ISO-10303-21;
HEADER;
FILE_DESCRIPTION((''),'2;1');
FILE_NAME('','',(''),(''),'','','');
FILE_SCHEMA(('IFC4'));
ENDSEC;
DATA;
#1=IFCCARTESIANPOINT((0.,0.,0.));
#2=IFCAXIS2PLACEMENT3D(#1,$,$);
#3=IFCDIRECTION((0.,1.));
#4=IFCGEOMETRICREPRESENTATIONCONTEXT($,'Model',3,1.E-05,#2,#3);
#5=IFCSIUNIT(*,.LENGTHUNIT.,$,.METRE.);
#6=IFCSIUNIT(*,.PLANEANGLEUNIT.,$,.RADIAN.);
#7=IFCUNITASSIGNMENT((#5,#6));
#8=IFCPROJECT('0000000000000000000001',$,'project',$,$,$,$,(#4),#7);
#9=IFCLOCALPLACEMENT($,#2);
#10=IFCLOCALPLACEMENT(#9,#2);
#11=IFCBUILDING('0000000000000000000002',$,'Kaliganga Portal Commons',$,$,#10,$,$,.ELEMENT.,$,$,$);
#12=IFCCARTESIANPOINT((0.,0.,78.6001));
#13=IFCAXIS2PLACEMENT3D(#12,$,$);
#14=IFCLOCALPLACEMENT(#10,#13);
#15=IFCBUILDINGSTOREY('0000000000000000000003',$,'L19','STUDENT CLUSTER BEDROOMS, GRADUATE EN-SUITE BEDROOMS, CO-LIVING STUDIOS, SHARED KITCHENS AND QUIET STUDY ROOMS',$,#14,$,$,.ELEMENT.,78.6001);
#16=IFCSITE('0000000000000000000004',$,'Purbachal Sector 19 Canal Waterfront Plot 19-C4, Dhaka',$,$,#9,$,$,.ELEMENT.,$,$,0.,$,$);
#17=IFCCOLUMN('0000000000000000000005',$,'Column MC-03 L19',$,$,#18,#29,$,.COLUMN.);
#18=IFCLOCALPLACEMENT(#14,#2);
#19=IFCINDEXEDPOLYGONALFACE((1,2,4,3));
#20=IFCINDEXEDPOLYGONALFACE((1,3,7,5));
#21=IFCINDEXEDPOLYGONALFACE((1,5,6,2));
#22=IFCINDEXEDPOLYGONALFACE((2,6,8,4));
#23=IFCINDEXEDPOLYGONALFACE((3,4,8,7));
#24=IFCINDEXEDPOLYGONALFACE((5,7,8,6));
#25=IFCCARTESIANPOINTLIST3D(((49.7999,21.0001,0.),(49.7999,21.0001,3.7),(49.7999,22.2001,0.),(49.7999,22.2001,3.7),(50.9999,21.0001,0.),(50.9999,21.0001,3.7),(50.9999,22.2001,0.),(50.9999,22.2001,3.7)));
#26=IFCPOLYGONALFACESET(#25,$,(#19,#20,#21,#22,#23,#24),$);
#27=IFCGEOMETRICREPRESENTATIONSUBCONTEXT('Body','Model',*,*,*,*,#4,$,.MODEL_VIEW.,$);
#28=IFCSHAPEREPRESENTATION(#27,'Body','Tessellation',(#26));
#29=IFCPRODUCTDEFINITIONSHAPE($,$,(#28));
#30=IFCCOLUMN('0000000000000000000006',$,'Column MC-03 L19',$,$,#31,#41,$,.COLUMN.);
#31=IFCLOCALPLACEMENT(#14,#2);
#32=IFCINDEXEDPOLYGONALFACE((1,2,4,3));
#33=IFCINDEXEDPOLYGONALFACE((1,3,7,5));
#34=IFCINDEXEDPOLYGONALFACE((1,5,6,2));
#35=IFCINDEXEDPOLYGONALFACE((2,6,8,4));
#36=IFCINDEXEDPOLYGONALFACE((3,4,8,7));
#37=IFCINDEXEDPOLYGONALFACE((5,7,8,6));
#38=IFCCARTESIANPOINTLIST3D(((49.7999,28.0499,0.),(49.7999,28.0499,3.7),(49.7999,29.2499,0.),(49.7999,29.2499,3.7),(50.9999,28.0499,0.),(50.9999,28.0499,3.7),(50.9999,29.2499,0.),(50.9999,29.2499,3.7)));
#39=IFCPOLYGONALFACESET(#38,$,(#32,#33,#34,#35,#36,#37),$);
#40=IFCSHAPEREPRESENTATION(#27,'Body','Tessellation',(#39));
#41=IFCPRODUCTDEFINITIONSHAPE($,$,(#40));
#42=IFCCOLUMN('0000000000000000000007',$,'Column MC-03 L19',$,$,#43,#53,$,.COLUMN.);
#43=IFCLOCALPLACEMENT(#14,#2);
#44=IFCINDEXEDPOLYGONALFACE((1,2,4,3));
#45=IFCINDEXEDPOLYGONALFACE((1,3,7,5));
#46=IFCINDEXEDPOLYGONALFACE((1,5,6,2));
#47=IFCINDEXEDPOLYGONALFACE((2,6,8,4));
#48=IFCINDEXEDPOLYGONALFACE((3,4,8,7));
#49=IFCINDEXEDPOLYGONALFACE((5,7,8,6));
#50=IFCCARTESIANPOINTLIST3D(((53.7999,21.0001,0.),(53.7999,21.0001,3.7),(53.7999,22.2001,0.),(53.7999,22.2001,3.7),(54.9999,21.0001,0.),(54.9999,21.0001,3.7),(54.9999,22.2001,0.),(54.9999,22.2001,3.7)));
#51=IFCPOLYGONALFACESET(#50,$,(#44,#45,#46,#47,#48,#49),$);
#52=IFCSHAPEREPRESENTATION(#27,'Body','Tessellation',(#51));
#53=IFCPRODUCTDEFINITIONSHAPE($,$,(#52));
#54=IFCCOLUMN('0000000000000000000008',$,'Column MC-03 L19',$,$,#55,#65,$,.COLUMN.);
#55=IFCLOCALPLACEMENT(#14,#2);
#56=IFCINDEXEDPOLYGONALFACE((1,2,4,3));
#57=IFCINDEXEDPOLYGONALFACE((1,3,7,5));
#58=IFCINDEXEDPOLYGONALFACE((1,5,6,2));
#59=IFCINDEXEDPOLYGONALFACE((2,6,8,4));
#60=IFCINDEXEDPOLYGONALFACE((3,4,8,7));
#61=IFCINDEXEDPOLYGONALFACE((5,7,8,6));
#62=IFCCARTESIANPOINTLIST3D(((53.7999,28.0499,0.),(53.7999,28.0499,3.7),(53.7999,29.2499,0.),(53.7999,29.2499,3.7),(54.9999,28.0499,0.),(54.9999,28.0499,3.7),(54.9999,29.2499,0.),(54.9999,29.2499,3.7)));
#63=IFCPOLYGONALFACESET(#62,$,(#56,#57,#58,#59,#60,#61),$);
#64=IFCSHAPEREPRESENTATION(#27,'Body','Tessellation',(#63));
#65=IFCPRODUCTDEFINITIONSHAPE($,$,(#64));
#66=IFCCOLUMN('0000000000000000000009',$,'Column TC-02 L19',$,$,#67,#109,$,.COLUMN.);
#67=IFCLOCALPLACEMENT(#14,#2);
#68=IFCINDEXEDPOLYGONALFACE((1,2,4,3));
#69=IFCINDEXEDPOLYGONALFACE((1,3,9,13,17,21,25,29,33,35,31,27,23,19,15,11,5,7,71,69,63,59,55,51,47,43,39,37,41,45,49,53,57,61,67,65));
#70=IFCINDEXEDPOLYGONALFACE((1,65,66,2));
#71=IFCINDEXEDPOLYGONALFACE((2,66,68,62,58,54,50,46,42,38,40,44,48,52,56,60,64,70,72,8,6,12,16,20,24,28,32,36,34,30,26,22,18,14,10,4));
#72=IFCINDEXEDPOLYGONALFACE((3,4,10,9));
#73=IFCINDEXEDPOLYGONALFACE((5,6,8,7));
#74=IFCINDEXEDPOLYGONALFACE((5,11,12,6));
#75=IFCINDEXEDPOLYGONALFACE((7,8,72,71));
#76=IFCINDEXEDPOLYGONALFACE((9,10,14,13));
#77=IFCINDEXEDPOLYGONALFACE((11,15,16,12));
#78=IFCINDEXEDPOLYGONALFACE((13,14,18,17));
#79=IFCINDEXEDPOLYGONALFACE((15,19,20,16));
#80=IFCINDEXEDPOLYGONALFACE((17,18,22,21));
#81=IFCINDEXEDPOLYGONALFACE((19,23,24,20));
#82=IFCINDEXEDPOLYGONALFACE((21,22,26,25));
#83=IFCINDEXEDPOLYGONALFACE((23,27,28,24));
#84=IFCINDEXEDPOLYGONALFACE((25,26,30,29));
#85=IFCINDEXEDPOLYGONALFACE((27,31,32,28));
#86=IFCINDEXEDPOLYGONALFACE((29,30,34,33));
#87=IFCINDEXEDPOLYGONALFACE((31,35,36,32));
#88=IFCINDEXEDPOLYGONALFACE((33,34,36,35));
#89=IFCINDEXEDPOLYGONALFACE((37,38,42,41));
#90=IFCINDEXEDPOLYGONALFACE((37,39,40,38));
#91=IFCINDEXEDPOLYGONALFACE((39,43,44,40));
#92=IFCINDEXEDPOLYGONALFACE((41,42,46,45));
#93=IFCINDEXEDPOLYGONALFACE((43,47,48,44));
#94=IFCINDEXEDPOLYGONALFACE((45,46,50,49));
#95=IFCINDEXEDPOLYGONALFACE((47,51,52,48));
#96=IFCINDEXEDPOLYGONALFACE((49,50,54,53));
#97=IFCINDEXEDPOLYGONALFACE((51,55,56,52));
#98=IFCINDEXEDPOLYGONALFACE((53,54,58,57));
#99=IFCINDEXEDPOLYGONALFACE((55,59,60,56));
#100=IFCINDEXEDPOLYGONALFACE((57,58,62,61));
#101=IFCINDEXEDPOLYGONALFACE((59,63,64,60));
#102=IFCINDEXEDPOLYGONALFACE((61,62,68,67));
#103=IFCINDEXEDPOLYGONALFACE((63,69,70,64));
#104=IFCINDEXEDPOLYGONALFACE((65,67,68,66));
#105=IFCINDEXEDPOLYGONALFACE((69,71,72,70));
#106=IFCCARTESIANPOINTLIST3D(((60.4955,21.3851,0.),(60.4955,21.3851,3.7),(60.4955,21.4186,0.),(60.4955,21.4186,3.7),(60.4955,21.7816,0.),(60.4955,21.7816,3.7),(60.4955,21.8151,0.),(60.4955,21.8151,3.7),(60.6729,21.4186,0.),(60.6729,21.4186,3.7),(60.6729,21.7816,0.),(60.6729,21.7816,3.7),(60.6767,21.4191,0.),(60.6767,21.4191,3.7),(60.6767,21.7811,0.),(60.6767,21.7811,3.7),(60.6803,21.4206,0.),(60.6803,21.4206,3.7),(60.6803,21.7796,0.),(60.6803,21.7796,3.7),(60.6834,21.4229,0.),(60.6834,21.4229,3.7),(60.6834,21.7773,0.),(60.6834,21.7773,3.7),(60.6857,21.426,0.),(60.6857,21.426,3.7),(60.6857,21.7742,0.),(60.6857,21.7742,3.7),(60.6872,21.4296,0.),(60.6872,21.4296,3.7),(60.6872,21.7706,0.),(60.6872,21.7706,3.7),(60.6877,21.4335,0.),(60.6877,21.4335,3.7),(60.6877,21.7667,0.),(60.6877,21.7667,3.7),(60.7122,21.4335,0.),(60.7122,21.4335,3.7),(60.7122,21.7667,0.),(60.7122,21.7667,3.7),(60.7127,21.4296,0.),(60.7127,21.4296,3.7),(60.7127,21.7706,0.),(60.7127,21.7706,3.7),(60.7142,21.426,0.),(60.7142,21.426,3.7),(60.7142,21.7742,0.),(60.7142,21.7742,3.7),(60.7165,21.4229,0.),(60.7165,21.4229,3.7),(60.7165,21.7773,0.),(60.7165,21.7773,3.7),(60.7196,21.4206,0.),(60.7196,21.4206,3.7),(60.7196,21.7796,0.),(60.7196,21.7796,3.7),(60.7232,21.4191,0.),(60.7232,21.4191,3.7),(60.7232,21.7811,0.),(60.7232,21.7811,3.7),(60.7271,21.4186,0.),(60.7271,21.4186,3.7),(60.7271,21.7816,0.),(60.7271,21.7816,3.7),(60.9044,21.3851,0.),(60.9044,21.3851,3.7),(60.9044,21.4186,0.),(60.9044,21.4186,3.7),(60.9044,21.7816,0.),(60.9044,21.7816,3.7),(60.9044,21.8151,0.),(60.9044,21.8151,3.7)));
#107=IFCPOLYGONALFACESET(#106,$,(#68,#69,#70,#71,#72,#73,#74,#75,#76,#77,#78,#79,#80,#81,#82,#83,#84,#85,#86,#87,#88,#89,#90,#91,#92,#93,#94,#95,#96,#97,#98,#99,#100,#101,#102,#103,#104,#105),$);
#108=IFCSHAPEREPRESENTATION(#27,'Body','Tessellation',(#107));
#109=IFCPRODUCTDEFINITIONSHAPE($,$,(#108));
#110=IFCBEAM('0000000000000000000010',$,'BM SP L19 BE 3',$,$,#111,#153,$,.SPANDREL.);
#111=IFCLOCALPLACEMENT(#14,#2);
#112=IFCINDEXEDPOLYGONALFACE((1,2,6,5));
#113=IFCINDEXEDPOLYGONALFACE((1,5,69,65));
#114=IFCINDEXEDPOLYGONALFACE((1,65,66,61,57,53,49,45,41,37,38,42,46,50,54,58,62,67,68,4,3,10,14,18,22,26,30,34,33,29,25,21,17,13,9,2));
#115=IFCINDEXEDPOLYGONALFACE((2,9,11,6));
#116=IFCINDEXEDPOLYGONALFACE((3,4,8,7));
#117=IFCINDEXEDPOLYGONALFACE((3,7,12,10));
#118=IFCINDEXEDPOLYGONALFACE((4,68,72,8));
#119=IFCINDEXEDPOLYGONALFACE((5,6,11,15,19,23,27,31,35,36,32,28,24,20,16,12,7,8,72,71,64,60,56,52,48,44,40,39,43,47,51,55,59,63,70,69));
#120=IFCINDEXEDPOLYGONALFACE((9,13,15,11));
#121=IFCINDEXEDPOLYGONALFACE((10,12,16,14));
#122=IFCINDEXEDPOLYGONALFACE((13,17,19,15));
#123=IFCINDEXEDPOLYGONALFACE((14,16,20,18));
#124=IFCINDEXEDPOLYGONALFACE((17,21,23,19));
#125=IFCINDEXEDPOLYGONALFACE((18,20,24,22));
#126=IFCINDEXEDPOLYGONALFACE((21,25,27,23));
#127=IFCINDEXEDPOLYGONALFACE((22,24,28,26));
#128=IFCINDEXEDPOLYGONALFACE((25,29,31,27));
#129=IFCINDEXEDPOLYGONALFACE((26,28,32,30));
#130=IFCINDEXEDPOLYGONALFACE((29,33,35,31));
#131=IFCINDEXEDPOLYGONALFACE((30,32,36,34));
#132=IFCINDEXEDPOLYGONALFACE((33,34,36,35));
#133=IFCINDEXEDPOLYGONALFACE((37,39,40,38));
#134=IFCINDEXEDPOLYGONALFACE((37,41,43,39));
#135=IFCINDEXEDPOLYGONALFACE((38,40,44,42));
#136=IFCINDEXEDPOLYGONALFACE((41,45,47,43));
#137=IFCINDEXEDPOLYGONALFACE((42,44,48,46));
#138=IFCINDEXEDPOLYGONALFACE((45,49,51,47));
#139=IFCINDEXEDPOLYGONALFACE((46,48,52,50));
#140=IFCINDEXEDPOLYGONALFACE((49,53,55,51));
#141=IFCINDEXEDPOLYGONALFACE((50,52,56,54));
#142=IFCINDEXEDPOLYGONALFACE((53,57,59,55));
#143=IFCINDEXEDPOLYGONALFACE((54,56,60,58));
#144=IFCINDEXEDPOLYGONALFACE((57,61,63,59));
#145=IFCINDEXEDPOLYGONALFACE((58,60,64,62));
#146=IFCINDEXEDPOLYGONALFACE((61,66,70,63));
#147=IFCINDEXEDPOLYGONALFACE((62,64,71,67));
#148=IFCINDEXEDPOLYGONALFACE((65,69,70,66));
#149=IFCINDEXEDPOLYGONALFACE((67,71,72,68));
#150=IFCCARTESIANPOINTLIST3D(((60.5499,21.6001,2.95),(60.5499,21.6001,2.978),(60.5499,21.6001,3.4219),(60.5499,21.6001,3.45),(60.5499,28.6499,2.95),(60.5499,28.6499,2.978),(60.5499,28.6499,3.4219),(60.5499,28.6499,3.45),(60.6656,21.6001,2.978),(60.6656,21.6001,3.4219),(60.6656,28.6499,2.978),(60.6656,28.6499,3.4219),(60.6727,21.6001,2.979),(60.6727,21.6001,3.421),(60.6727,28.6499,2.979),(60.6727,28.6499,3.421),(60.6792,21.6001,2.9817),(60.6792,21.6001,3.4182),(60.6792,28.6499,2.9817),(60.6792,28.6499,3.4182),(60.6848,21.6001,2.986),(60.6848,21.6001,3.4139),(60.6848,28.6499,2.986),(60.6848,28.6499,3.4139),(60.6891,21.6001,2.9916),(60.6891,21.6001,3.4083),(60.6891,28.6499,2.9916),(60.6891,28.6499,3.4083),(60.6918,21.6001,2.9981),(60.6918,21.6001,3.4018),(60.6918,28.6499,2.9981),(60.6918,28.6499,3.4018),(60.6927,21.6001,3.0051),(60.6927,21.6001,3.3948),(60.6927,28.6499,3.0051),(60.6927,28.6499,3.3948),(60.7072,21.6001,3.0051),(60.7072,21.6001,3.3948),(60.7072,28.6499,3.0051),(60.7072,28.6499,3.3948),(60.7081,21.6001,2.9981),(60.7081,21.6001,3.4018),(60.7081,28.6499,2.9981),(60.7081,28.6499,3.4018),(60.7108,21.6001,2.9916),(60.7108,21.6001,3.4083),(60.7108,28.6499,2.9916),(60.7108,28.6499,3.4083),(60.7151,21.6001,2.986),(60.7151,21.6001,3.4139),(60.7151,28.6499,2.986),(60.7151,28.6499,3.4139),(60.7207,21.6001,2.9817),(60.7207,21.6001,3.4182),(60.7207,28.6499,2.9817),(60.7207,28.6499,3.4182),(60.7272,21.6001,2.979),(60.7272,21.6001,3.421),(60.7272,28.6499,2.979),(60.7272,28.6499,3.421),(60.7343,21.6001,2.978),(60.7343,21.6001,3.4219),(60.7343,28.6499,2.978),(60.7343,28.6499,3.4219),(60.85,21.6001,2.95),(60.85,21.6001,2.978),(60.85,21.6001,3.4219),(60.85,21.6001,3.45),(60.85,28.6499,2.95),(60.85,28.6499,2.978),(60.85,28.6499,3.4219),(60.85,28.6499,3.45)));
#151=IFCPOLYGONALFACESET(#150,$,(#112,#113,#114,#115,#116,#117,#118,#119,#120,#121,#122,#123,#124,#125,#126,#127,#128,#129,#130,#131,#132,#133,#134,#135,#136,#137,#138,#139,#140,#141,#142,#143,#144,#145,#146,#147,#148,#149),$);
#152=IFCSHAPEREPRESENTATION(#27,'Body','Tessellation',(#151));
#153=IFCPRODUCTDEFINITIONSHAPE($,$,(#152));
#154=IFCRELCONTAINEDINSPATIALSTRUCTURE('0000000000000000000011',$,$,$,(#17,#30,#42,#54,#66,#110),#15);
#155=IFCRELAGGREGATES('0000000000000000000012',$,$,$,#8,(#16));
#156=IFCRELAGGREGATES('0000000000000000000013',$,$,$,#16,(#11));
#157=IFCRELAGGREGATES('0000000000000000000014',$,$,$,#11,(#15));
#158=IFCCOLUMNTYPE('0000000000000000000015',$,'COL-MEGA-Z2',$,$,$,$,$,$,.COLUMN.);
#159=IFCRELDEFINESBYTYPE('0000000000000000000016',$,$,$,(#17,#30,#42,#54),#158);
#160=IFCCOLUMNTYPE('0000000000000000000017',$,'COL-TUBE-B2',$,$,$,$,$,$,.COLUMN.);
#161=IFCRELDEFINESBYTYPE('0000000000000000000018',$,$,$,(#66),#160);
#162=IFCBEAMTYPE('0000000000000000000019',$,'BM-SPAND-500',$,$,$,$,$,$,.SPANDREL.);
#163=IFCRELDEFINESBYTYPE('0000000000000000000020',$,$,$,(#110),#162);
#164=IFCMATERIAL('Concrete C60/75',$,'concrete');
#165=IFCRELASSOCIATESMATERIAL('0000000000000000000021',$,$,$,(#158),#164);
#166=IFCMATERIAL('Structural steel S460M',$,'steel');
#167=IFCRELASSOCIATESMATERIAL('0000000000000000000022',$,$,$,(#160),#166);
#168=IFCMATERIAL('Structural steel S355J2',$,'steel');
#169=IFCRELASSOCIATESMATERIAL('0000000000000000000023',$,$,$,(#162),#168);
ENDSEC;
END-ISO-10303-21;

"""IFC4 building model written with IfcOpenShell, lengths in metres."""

from ifc_helpers import new_model, si_unit, direction, frame, origin, origin_2d, place, context, subcontext, project, spatial, rectangle, i_section, extrude, source, transform, mapped, material, material_profile, profile_set, type_object, element, save


model = new_model("IFC4")

# Units and contexts
model_context = context("Model", 3, precision=1e-05, world=origin(), true_north=direction((0.0, 1.0)))
body_context = subcontext(model_context, "Body", "Model", "MODEL_VIEW")
ifc_project = project(units=[si_unit("LENGTHUNIT", "METRE"), si_unit("PLANEANGLEUNIT", "RADIAN")], contexts=[model_context])

# Site, building, storey
site_placement = place(None, origin())
site = spatial("IfcSite", under=ifc_project, at=site_placement, Name="Purbachal Sector 19 Canal Waterfront Plot 19-C4, Dhaka", CompositionType="ELEMENT", RefElevation=0.0)
building_placement = place(site_placement, origin())
building = spatial("IfcBuilding", under=site, at=building_placement, Name="Kaliganga Portal Commons", CompositionType="ELEMENT")
storey_placement = place(building_placement, frame((0.0, 0.0, 78.6001)))
storey = spatial("IfcBuildingStorey", under=building, at=storey_placement, Name="L19", Description="STUDENT CLUSTER BEDROOMS, GRADUATE EN-SUITE BEDROOMS, CO-LIVING STUDIOS, SHARED KITCHENS AND QUIET STUDY ROOMS", CompositionType="ELEMENT", Elevation=78.6001)

# Columns
ifc_material_1 = material(Name="Concrete C60/75", Category="concrete")
ifc_material_profile_1 = material_profile(ifc_material_1, rectangle(XDim=1.2, YDim=1.2, at=origin_2d()), Name="RC 1200x1200")
ifc_profile_set_1 = profile_set([ifc_material_profile_1], Name="Concrete C60/75")
column_type_1 = type_object("IfcColumnType", Name="COL-MEGA-Z2", PredefinedType="COLUMN", material=ifc_profile_set_1)
shared_shape_1 = source(origin(), body_context, "Body", "SweptSolid", [
    extrude(rectangle(XDim=1.2, YDim=1.2, at=origin_2d()), origin(), (0.0, 0.0, 1.0), 3.7),
])
for number, where, z_axis, x_axis, name in (
    (1, (50.3999, 21.6001, 0.0), (0.0, 0.0, 1.0), (1.0, 0.0, 0.0), "Column MC-03 L19"),
    (2, (50.3999, 28.6499, 0.0), (0.0, 0.0, 1.0), (1.0, 0.0, 0.0), "Column MC-03 L19"),
    (3, (54.3999, 21.6001, 0.0), (0.0, 0.0, 1.0), (1.0, 0.0, 0.0), "Column MC-03 L19"),
    (4, (54.3999, 28.6499, 0.0), (0.0, 0.0, 1.0), (1.0, 0.0, 0.0), "Column MC-03 L19"),
):
    element("IfcColumn", number, at=place(storey_placement, frame(where, z_axis=z_axis, x_axis=x_axis)), inside=storey, type_object=column_type_1, Name=name, PredefinedType="COLUMN", context=body_context, shape_type="MappedRepresentation", body=[
        mapped(shared_shape_1, transform((0.0, 0.0, 0.0), x_axis=(1.0, 0.0, 0.0), y_axis=(0.0, 1.0, 0.0), z_axis=(0.0, 0.0, 1.0), scale=1.0)),
    ])
ifc_material_2 = material(Name="Structural steel S460M", Category="steel")
ifc_material_profile_2 = material_profile(ifc_material_2, i_section(OverallWidth=0.4089, OverallDepth=0.4299, WebThickness=0.0244, FlangeThickness=0.0334, FilletRadius=0.0149, at=origin_2d()), Name="HD 400x421")
ifc_profile_set_2 = profile_set([ifc_material_profile_2], Name="Structural steel S460M wide-flange")
column_type_2 = type_object("IfcColumnType", Name="COL-TUBE-B2", PredefinedType="COLUMN", material=ifc_profile_set_2)
shared_shape_2 = source(origin(), body_context, "Body", "SweptSolid", [
    extrude(i_section(OverallWidth=0.4089, OverallDepth=0.4299, WebThickness=0.0244, FlangeThickness=0.0334, FilletRadius=0.0149, at=origin_2d()), origin(), (0.0, 0.0, 1.0), 3.7),
])
column_placement = place(storey_placement, frame((60.7, 21.6001, 0.0), z_axis=(0.0, 0.0, 1.0), x_axis=(1.0, 0.0, 0.0)))
element("IfcColumn", 5, at=column_placement, inside=storey, type_object=column_type_2, Name="Column TC-02 L19", PredefinedType="COLUMN", context=body_context, shape_type="MappedRepresentation", body=[
    mapped(shared_shape_2, transform((0.0, 0.0, 0.0), x_axis=(1.0, 0.0, 0.0), y_axis=(0.0, 1.0, 0.0), z_axis=(0.0, 0.0, 1.0), scale=1.0)),
])

# Beam
ifc_material_3 = material(Name="Structural steel S355J2", Category="steel")
ifc_material_profile_3 = material_profile(ifc_material_3, i_section(OverallWidth=0.3, OverallDepth=0.5, WebThickness=0.0144, FlangeThickness=0.0281, FilletRadius=0.0271, at=origin_2d()), Name="HE 500 B")
ifc_profile_set_3 = profile_set([ifc_material_profile_3], Name="Structural steel S355J2 wide-flange")
beam_type_1 = type_object("IfcBeamType", Name="BM-SPAND-500", PredefinedType="SPANDREL", material=ifc_profile_set_3)
shared_shape_3 = source(origin(), body_context, "Body", "SweptSolid", [
    extrude(i_section(OverallWidth=0.3, OverallDepth=0.5, WebThickness=0.0144, FlangeThickness=0.0281, FilletRadius=0.0271, at=origin_2d()), origin(), (0.0, 0.0, 1.0), 7.0498),
])
beam_1_placement = place(storey_placement, frame((60.7, 21.6001, 3.2), z_axis=(0.0, 1.0, 0.0), x_axis=(-1.0, 0.0, 0.0)))
element("IfcBeam", 6, at=beam_1_placement, inside=storey, type_object=beam_type_1, Name="BM SP L19 BE 3", PredefinedType="SPANDREL", context=body_context, shape_type="MappedRepresentation", body=[
    mapped(shared_shape_3, transform((0.0, 0.0, 0.0), x_axis=(1.0, 0.0, 0.0), y_axis=(0.0, 1.0, 0.0), z_axis=(0.0, 0.0, 1.0), scale=1.0)),
])

save(model, "model.ifc")
